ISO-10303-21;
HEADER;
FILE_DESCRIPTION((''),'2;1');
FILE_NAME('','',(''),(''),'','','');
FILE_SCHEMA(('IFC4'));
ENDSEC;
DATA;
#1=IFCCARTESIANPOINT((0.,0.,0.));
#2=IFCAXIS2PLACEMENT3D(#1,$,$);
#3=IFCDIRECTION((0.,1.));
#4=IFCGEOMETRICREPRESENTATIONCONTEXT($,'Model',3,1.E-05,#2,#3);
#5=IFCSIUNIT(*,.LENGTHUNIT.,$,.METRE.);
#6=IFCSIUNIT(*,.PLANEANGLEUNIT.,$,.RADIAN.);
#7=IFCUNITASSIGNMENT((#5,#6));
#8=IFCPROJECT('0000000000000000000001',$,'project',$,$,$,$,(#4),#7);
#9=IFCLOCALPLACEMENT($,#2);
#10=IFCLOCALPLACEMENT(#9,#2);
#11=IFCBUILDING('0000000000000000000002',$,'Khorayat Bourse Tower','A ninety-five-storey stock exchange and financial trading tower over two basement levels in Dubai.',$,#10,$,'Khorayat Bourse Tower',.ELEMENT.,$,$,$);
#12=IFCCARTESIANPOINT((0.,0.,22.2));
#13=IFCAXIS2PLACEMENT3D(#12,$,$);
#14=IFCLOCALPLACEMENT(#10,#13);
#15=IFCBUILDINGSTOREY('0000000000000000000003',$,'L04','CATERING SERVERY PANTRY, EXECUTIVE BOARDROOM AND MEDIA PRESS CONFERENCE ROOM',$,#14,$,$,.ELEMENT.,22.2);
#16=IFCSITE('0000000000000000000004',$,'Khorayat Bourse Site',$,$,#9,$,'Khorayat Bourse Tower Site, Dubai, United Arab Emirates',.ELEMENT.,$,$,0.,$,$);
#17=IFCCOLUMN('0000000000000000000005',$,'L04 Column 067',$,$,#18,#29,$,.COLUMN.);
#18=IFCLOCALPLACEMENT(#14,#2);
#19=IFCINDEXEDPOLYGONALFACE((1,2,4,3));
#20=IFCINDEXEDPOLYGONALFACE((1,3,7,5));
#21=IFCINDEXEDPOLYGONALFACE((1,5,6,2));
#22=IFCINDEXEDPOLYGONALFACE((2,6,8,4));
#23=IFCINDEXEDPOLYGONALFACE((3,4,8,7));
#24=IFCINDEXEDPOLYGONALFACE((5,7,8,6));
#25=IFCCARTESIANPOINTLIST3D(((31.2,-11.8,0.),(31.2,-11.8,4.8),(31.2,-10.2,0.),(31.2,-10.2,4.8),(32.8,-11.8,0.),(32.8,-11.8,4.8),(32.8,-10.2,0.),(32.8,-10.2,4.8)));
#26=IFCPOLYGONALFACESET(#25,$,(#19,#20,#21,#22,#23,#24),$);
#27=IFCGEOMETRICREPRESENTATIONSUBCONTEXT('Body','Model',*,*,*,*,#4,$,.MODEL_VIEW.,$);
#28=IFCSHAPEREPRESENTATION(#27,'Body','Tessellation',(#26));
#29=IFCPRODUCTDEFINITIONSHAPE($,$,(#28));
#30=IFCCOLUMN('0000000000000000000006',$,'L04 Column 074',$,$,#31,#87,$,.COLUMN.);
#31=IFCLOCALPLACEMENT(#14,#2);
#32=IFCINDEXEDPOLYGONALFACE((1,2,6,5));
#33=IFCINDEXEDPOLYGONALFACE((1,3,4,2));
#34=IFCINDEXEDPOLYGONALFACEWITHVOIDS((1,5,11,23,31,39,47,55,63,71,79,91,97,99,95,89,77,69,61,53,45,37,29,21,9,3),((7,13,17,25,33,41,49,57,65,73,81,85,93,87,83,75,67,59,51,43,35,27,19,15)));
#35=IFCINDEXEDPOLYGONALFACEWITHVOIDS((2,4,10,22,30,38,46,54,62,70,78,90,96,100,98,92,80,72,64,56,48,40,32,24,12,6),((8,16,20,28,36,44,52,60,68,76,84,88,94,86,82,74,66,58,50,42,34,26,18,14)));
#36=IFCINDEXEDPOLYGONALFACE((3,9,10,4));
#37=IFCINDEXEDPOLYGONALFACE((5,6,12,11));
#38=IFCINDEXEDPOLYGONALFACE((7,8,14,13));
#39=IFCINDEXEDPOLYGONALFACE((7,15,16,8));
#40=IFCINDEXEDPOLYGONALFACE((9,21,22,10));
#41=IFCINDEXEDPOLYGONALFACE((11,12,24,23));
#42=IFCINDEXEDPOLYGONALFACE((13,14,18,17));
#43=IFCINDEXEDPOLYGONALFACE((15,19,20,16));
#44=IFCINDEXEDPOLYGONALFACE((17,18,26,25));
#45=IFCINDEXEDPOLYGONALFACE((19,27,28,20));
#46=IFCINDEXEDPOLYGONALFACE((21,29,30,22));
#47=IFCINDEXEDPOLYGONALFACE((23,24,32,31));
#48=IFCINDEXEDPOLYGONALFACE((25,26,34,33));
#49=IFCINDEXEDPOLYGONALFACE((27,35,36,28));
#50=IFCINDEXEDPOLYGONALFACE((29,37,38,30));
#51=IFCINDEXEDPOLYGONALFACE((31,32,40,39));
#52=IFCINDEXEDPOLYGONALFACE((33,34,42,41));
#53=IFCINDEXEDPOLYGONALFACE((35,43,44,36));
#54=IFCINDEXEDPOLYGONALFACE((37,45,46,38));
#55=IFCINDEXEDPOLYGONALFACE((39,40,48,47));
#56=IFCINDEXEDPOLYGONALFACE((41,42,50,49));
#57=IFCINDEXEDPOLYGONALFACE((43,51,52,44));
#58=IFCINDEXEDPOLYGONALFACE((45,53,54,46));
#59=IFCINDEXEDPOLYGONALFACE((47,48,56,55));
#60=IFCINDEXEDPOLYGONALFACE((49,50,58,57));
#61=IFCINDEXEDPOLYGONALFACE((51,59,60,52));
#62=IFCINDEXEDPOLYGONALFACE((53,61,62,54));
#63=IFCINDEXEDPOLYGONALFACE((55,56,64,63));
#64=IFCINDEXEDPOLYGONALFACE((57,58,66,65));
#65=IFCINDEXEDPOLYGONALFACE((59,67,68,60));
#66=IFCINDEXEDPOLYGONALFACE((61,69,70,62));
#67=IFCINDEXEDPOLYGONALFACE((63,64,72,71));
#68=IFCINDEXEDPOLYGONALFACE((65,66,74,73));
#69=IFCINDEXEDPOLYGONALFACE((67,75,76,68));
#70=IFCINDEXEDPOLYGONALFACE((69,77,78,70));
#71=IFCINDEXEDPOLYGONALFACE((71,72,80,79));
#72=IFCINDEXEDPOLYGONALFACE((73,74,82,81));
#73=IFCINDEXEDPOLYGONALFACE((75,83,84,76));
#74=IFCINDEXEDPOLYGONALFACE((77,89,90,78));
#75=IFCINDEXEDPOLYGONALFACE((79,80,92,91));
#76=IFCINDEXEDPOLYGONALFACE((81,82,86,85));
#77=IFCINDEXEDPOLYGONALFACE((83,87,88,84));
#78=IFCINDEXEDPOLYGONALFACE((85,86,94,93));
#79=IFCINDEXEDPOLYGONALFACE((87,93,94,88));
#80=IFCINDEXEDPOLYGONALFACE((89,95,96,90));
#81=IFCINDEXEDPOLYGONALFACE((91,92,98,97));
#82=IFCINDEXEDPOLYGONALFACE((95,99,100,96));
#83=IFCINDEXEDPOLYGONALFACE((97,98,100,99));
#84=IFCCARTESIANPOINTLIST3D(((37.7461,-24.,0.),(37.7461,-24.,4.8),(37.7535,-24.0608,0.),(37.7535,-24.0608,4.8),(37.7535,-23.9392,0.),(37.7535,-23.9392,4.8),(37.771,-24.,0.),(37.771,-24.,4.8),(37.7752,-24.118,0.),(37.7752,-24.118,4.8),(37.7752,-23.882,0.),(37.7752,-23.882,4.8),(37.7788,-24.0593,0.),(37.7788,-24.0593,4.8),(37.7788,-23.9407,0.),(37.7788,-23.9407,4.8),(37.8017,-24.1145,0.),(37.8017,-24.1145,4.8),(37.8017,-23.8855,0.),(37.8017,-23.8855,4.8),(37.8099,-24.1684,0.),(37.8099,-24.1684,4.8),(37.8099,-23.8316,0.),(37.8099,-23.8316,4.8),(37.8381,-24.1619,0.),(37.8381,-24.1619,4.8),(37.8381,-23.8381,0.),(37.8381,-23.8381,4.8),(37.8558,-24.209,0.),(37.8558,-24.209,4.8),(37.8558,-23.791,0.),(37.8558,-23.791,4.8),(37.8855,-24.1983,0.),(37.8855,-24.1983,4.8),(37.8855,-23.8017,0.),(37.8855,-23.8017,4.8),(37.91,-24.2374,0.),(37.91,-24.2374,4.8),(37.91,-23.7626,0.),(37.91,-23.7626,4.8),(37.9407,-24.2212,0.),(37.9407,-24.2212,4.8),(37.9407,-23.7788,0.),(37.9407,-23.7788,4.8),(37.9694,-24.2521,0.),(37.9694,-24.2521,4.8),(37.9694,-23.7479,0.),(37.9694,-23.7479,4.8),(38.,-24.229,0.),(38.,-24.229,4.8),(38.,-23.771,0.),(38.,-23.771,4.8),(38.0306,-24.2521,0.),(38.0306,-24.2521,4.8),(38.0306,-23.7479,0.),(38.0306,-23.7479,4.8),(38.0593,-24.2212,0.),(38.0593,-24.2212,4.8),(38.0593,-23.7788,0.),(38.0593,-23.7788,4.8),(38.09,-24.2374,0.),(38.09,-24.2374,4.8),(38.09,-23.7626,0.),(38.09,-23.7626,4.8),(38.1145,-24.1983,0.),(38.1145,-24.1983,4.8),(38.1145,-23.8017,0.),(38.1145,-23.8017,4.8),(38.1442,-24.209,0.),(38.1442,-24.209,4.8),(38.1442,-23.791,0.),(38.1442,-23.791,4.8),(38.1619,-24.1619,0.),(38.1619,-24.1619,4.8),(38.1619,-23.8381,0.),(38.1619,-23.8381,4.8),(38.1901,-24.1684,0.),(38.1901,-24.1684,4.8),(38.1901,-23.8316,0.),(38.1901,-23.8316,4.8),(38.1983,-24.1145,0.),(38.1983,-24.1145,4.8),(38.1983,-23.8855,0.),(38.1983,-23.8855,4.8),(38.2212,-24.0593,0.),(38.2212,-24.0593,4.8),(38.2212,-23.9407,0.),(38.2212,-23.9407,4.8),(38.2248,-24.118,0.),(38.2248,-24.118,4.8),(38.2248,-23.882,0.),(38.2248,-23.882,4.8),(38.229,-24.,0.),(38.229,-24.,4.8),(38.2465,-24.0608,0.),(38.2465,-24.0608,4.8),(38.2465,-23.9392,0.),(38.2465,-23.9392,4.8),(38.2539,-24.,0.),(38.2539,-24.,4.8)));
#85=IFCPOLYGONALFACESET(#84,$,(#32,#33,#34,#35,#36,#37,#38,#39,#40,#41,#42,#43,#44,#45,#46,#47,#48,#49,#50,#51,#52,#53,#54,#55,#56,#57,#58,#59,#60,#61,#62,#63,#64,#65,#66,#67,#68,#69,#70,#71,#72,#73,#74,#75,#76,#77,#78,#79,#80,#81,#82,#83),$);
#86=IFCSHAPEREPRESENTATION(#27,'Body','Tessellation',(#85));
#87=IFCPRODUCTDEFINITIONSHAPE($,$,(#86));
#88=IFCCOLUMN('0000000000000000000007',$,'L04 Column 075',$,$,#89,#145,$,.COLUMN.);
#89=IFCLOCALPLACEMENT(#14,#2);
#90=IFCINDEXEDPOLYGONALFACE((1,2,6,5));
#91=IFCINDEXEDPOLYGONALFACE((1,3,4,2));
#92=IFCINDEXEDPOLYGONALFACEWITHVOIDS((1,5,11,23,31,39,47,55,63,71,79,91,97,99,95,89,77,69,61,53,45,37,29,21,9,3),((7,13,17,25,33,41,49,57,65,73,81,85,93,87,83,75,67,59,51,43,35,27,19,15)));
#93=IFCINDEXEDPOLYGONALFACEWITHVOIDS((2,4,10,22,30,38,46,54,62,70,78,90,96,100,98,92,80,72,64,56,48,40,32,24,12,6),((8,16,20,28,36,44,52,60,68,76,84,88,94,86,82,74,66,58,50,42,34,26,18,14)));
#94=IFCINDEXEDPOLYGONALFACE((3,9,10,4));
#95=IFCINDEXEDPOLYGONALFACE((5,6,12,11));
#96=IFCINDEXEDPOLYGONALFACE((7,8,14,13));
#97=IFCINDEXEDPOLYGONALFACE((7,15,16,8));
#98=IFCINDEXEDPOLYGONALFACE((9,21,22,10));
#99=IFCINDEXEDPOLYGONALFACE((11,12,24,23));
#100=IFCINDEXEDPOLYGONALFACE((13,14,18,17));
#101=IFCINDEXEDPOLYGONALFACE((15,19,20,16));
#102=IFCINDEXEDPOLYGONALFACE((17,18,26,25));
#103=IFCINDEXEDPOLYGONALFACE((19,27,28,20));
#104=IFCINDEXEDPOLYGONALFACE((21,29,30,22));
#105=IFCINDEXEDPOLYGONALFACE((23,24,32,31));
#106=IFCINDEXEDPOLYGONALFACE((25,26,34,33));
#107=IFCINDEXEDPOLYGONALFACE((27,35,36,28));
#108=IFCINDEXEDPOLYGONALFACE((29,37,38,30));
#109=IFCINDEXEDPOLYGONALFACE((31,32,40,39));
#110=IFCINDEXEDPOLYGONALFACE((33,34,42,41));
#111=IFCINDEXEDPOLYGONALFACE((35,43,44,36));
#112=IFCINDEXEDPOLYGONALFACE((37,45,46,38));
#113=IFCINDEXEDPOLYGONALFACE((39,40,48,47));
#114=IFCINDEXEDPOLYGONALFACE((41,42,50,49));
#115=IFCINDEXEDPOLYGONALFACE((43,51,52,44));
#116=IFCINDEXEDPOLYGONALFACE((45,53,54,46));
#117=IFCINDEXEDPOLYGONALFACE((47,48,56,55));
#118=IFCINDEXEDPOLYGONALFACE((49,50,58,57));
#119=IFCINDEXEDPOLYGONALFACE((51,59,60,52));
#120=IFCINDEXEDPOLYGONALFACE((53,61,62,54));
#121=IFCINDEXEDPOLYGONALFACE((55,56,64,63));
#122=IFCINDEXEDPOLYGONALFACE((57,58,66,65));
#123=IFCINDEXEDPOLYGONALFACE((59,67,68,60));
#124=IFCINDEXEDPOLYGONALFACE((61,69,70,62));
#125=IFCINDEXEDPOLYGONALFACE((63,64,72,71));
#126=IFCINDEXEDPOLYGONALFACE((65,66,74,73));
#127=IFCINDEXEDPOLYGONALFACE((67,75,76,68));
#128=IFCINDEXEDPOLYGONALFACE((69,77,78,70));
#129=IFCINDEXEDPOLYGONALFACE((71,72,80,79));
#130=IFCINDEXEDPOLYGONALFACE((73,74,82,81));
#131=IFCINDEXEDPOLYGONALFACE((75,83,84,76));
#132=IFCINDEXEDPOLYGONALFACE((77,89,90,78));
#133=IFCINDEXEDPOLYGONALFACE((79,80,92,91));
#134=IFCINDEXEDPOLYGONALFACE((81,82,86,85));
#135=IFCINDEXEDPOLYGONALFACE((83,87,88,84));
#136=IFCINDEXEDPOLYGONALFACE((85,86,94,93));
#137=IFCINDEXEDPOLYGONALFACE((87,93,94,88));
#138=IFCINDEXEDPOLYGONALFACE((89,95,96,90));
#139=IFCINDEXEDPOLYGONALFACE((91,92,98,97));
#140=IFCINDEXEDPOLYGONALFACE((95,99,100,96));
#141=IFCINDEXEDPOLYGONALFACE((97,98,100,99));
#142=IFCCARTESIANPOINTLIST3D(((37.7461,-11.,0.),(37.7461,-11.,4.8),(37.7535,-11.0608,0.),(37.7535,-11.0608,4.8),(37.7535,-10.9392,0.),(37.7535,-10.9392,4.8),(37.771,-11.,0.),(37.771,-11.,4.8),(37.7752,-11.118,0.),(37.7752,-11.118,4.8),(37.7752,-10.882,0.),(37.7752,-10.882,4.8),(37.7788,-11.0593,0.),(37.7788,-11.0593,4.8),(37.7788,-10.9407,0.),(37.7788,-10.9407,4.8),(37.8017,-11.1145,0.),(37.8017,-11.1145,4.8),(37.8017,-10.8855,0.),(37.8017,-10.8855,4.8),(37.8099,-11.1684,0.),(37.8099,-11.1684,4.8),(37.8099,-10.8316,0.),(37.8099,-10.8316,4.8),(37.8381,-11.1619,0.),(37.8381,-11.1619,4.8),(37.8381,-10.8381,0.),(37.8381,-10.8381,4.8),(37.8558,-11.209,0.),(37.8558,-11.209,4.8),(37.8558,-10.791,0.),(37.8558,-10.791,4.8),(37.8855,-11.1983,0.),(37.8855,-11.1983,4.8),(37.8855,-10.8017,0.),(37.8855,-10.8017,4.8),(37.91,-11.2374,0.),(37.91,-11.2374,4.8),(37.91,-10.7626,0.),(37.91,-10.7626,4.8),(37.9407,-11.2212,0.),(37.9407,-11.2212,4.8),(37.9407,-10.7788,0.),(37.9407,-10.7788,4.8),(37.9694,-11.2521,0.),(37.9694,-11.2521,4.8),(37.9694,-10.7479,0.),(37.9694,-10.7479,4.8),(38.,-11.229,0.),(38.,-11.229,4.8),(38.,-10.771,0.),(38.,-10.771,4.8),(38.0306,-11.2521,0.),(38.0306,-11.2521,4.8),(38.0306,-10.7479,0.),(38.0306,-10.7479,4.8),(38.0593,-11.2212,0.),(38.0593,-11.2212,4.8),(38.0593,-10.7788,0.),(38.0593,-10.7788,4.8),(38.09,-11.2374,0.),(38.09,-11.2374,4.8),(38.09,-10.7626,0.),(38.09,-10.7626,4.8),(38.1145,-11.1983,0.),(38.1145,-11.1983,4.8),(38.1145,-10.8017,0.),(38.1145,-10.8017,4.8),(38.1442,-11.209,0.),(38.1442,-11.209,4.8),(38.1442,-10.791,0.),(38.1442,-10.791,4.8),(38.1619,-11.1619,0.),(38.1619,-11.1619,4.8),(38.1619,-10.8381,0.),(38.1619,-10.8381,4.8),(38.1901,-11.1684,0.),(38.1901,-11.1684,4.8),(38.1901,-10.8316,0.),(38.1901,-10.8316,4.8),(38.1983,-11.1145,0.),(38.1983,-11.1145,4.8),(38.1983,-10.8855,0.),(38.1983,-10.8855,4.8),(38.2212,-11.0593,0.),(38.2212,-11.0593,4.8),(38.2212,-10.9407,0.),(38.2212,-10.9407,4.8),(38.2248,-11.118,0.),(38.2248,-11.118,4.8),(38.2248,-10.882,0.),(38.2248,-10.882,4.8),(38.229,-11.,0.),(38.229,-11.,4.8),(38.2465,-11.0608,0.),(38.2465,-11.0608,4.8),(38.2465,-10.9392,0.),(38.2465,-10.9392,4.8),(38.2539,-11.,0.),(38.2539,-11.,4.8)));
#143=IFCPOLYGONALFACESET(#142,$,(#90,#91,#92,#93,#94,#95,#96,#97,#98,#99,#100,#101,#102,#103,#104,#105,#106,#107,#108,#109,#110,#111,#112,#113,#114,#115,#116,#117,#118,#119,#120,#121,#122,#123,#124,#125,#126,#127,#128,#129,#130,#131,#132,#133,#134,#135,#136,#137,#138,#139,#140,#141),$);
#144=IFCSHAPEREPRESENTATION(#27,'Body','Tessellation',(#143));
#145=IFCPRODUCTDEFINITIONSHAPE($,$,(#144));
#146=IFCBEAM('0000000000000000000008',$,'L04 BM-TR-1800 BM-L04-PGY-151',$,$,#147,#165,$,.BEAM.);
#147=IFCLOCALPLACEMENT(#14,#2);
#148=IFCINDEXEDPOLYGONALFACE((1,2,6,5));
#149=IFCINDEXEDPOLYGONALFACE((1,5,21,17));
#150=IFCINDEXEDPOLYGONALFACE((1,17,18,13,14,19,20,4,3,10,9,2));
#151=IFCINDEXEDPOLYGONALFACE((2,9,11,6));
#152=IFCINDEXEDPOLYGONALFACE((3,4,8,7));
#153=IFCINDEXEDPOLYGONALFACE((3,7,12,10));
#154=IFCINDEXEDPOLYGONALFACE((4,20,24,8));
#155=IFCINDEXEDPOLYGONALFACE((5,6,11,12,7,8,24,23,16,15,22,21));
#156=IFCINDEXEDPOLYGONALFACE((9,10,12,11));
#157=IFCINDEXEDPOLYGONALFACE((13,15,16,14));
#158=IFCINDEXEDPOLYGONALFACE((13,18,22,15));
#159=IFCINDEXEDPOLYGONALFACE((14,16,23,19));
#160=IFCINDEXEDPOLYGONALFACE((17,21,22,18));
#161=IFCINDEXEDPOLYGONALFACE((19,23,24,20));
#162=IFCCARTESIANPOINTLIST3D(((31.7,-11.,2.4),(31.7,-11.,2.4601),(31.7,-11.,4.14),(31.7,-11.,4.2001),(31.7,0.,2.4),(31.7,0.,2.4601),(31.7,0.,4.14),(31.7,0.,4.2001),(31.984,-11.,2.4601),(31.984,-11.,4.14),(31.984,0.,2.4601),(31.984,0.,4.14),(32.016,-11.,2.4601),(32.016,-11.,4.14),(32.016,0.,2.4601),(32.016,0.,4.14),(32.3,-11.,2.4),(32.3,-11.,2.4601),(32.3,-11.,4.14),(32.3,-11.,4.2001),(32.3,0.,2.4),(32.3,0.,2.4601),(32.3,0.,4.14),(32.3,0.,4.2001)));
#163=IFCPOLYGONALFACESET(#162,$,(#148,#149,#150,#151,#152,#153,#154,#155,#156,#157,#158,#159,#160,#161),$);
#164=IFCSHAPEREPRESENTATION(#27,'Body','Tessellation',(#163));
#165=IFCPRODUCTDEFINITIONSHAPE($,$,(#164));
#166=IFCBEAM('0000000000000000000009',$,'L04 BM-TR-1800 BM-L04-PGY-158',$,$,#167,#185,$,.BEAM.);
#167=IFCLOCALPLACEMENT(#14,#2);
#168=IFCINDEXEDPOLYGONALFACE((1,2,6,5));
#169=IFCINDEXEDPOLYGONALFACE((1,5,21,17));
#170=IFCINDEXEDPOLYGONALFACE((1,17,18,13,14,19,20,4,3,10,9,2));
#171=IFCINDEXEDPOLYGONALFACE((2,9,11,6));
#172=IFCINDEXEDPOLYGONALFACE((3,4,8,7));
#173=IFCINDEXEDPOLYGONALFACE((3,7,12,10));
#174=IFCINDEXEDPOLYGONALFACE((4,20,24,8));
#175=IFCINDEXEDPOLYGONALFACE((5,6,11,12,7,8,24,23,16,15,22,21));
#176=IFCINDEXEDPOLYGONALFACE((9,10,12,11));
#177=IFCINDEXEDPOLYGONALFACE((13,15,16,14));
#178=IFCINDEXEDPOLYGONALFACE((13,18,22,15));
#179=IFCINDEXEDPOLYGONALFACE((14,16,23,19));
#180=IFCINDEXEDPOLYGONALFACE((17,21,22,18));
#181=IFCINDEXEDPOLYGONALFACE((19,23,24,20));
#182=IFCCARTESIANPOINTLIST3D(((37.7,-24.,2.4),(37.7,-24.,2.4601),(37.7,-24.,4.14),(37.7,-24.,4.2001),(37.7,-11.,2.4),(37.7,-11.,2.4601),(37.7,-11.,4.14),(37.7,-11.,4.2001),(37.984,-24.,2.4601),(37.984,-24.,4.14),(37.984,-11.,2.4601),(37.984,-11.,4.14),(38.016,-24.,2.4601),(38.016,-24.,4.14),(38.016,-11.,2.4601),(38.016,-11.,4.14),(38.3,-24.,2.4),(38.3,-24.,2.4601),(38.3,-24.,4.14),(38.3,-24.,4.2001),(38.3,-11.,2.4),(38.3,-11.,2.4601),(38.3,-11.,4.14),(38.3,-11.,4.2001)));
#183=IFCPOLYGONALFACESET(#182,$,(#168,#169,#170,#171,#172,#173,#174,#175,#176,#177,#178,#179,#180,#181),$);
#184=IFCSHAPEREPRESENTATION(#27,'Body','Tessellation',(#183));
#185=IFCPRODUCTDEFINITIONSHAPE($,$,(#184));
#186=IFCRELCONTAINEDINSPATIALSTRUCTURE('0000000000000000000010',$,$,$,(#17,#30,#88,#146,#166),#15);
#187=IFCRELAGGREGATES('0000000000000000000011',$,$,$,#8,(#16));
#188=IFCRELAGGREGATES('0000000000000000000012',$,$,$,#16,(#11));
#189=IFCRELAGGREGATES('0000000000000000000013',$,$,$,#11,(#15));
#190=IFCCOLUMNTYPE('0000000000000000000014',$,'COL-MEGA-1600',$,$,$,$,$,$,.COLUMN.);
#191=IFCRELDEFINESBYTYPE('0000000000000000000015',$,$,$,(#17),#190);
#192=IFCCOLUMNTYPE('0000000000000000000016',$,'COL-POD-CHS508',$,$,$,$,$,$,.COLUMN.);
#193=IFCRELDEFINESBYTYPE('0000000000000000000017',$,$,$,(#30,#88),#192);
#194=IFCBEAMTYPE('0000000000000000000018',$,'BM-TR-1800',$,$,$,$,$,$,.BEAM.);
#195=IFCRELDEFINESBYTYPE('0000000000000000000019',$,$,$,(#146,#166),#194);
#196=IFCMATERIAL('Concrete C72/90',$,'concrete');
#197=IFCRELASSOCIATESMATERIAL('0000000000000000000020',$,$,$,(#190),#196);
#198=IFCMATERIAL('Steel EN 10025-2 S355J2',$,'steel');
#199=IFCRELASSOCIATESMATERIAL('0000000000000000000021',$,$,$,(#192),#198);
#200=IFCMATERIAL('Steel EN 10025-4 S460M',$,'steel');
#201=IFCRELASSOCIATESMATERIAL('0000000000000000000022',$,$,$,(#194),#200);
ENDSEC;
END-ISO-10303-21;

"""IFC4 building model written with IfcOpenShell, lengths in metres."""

from ifc_helpers import new_model, si_unit, direction, frame, origin, origin_2d, place, context, subcontext, project, spatial, rectangle, hollow_circle, i_section, extrude, source, transform, mapped, material, material_profile, profile_set, type_object, element, save


model = new_model("IFC4")

# Units and contexts
model_context = context("Model", 3, precision=1e-05, world=origin(), true_north=direction((0.0, 1.0)))
body_context = subcontext(model_context, "Body", "Model", "MODEL_VIEW")
ifc_project = project(units=[si_unit("LENGTHUNIT", "METRE"), si_unit("PLANEANGLEUNIT", "RADIAN")], contexts=[model_context])

# Site, building, storey
site_placement = place(None, origin())
site = spatial("IfcSite", under=ifc_project, at=site_placement, Name="Khorayat Bourse Site", LongName="Khorayat Bourse Tower Site, Dubai, United Arab Emirates", CompositionType="ELEMENT", RefElevation=0.0)
building_placement = place(site_placement, origin())
building = spatial("IfcBuilding", under=site, at=building_placement, Name="Khorayat Bourse Tower", Description="A ninety-five-storey stock exchange and financial trading tower over two basement levels in Dubai.", LongName="Khorayat Bourse Tower", CompositionType="ELEMENT")
storey_placement = place(building_placement, frame((0.0, 0.0, 22.2)))
storey = spatial("IfcBuildingStorey", under=building, at=storey_placement, Name="L04", Description="CATERING SERVERY PANTRY, EXECUTIVE BOARDROOM AND MEDIA PRESS CONFERENCE ROOM", CompositionType="ELEMENT", Elevation=22.2)

# Columns
ifc_material_1 = material(Name="Concrete C72/90", Category="concrete")
ifc_material_profile_1 = material_profile(ifc_material_1, rectangle(XDim=1.6001, YDim=1.6001, at=origin_2d()), Name="RC 1600x1600")
ifc_profile_set_1 = profile_set([ifc_material_profile_1], Name="Concrete C72/90")
column_type_1 = type_object("IfcColumnType", Name="COL-MEGA-1600", PredefinedType="COLUMN", material=ifc_profile_set_1)
shared_shape_1 = source(origin(), body_context, "Body", "SweptSolid", [
    extrude(rectangle(XDim=1.6001, YDim=1.6001, at=origin_2d()), origin(), (0.0, 0.0, 1.0), 4.8),
])
column_placement = place(storey_placement, frame((32.0, -11.0, 0.0), z_axis=(0.0, 0.0, 1.0), x_axis=(1.0, 0.0, 0.0)))
element("IfcColumn", 1, at=column_placement, inside=storey, type_object=column_type_1, Name="L04 Column 067", PredefinedType="COLUMN", context=body_context, shape_type="MappedRepresentation", body=[
    mapped(shared_shape_1, transform((0.0, 0.0, 0.0), scale=1.0)),
])
ifc_material_2 = material(Name="Steel EN 10025-2 S355J2", Category="steel")
ifc_material_profile_2 = material_profile(ifc_material_2, hollow_circle(Radius=0.2539, WallThickness=0.0249, at=origin_2d()), Name="CHS 508x25")
ifc_profile_set_2 = profile_set([ifc_material_profile_2], Name="Steel EN 10025-2 S355J2")
column_type_2 = type_object("IfcColumnType", Name="COL-POD-CHS508", PredefinedType="COLUMN", material=ifc_profile_set_2)
shared_shape_2 = source(origin(), body_context, "Body", "SweptSolid", [
    extrude(hollow_circle(Radius=0.2539, WallThickness=0.0249, at=origin_2d()), origin(), (0.0, 0.0, 1.0), 4.8),
])
for number, where, z_axis, x_axis, name in (
    (2, (38.0, -24.0, 0.0), (0.0, 0.0, 1.0), (1.0, 0.0, 0.0), "L04 Column 074"),
    (3, (38.0, -11.0, 0.0), (0.0, 0.0, 1.0), (1.0, 0.0, 0.0), "L04 Column 075"),
):
    element("IfcColumn", number, at=place(storey_placement, frame(where, z_axis=z_axis, x_axis=x_axis)), inside=storey, type_object=column_type_2, Name=name, PredefinedType="COLUMN", context=body_context, shape_type="MappedRepresentation", body=[
        mapped(shared_shape_2, transform((0.0, 0.0, 0.0), scale=1.0)),
    ])

# Beams
ifc_material_3 = material(Name="Steel EN 10025-4 S460M", Category="steel")
ifc_material_profile_3 = material_profile(ifc_material_3, i_section(OverallWidth=0.6001, OverallDepth=1.8, WebThickness=0.032, FlangeThickness=0.0601, at=origin_2d()), Name="PG 1800x600x32x60")
ifc_profile_set_3 = profile_set([ifc_material_profile_3], Name="Steel EN 10025-4 S460M")
beam_type_1 = type_object("IfcBeamType", Name="BM-TR-1800", PredefinedType="BEAM", material=ifc_profile_set_3)
shared_shape_3 = source(origin(), body_context, "Body", "SweptSolid", [
    extrude(i_section(OverallWidth=0.6001, OverallDepth=1.8, WebThickness=0.032, FlangeThickness=0.0601, at=origin_2d()), origin(), (0.0, 0.0, 1.0), 11.0),
])
beam_1_placement = place(storey_placement, frame((32.0, -11.0, 3.3), z_axis=(0.0, 1.0, 0.0), x_axis=(-1.0, 0.0, 0.0)))
element("IfcBeam", 4, at=beam_1_placement, inside=storey, type_object=beam_type_1, Name="L04 BM-TR-1800 BM-L04-PGY-151", PredefinedType="BEAM", context=body_context, shape_type="MappedRepresentation", body=[
    mapped(shared_shape_3, transform((0.0, 0.0, 0.0), scale=1.0)),
])
shared_shape_4 = source(origin(), body_context, "Body", "SweptSolid", [
    extrude(i_section(OverallWidth=0.6001, OverallDepth=1.8, WebThickness=0.032, FlangeThickness=0.0601, at=origin_2d()), origin(), (0.0, 0.0, 1.0), 13.0),
])
beam_2_placement = place(storey_placement, frame((38.0, -24.0, 3.3), z_axis=(0.0, 1.0, 0.0), x_axis=(-1.0, 0.0, 0.0)))
element("IfcBeam", 5, at=beam_2_placement, inside=storey, type_object=beam_type_1, Name="L04 BM-TR-1800 BM-L04-PGY-158", PredefinedType="BEAM", context=body_context, shape_type="MappedRepresentation", body=[
    mapped(shared_shape_4, transform((0.0, 0.0, 0.0), scale=1.0)),
])

save(model, "model.ifc")
